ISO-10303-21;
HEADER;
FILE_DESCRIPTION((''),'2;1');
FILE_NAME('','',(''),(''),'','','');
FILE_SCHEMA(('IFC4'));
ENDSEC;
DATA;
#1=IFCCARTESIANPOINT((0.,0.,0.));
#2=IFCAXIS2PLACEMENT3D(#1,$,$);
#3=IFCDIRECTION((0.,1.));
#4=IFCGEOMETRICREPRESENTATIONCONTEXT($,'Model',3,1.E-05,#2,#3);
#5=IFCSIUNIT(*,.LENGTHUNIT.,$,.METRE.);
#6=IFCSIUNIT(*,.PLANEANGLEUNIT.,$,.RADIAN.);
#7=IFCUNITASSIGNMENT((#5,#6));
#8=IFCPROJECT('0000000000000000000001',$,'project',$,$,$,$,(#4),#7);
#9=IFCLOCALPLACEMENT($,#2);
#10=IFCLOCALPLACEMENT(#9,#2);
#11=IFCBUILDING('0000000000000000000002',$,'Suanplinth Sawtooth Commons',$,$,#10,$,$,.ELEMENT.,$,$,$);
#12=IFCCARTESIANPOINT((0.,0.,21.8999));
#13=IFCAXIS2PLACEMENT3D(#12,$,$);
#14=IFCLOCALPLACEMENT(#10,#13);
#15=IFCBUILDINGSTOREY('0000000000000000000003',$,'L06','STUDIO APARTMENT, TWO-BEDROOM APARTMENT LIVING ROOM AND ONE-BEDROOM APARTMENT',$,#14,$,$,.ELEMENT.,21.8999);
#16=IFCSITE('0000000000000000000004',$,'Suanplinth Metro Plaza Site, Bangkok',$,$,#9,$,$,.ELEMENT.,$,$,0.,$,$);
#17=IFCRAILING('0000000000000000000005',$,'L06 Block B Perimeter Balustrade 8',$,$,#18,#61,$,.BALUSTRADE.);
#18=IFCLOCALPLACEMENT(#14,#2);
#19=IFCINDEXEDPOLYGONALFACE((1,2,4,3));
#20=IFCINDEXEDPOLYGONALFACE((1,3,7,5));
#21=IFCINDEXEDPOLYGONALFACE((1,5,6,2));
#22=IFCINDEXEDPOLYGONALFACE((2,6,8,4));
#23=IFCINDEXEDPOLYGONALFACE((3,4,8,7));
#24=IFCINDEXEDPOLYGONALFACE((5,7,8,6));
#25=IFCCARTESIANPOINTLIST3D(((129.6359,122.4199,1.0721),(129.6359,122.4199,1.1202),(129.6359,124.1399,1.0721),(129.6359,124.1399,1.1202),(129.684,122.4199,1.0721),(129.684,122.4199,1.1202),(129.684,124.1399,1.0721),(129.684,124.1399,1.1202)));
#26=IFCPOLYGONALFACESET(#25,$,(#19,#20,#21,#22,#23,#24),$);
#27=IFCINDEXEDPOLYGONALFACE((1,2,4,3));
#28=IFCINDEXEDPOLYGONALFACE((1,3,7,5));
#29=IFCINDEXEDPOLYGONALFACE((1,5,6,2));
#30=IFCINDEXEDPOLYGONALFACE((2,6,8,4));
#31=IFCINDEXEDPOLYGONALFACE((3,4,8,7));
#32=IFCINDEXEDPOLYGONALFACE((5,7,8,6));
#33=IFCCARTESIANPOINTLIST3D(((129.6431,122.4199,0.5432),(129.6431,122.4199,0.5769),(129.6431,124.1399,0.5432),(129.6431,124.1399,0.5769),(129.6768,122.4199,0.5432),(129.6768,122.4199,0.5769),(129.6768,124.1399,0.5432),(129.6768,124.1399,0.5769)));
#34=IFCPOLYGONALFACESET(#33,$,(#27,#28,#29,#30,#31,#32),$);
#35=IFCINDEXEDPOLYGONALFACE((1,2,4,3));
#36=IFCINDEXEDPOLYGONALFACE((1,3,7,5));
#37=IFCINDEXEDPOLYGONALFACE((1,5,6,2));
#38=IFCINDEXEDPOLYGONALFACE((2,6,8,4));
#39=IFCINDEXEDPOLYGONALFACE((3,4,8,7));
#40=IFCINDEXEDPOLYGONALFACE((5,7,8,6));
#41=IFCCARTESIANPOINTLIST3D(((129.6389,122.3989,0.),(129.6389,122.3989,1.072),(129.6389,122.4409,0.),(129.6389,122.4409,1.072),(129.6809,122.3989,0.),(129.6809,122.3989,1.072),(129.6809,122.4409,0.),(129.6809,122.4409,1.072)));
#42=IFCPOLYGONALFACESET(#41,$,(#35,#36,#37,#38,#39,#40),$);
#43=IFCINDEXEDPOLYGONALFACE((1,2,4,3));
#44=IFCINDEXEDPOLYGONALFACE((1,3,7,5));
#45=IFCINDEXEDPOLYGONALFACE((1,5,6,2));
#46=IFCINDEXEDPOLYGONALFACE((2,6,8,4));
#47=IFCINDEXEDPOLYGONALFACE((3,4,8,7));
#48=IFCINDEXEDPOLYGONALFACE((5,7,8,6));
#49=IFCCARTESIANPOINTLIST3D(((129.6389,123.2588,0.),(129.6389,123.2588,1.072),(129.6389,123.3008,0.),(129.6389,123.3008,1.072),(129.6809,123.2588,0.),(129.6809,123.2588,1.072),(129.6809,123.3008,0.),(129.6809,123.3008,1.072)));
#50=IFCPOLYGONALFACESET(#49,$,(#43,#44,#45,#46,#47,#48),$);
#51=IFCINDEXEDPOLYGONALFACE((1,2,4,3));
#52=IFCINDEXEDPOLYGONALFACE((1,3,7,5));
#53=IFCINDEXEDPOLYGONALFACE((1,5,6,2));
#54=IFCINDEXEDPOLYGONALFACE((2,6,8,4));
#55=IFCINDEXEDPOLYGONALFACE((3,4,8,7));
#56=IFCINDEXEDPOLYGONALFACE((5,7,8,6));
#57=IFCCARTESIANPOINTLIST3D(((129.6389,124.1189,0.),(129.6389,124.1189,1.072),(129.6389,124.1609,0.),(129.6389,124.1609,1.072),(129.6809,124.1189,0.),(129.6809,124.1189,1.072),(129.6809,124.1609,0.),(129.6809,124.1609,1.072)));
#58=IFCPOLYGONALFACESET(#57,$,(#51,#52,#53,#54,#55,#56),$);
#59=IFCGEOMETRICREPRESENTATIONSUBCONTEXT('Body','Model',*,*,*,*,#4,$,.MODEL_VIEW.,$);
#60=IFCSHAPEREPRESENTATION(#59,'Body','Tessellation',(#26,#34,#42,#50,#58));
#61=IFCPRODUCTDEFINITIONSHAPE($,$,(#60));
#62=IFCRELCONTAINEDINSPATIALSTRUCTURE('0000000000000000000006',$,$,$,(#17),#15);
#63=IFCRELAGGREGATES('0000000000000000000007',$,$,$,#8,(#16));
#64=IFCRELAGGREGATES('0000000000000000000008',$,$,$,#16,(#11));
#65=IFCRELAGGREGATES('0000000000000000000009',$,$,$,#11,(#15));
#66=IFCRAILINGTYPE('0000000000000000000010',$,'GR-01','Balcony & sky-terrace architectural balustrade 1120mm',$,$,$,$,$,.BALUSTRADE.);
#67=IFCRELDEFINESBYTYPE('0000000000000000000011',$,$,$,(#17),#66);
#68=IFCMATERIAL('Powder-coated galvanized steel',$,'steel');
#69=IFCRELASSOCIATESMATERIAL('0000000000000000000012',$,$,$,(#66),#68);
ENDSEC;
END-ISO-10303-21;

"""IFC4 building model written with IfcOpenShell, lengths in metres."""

from ifc_helpers import new_model, si_unit, direction, frame, origin, origin_2d, place, context, subcontext, project, spatial, rectangle, extrude, material, type_object, element, save


model = new_model("IFC4")

# Units and contexts
model_context = context("Model", 3, precision=1e-05, world=origin(), true_north=direction((0.0, 1.0)))
body_context = subcontext(model_context, "Body", "Model", "MODEL_VIEW")
ifc_project = project(units=[si_unit("LENGTHUNIT", "METRE"), si_unit("PLANEANGLEUNIT", "RADIAN")], contexts=[model_context])

# Site, building, storey
site_placement = place(None, origin())
site = spatial("IfcSite", under=ifc_project, at=site_placement, Name="Suanplinth Metro Plaza Site, Bangkok", CompositionType="ELEMENT", RefElevation=0.0)
building_placement = place(site_placement, origin())
building = spatial("IfcBuilding", under=site, at=building_placement, Name="Suanplinth Sawtooth Commons", CompositionType="ELEMENT")
storey_placement = place(building_placement, frame((0.0, 0.0, 21.8999)))
storey = spatial("IfcBuildingStorey", under=building, at=storey_placement, Name="L06", Description="STUDIO APARTMENT, TWO-BEDROOM APARTMENT LIVING ROOM AND ONE-BEDROOM APARTMENT", CompositionType="ELEMENT", Elevation=21.8999)

# Railing
ifc_material_1 = material(Name="Powder-coated galvanized steel", Category="steel")
railing_type = type_object("IfcRailingType", Name="GR-01", Description="Balcony & sky-terrace architectural balustrade 1120mm", PredefinedType="BALUSTRADE", material=ifc_material_1)
for number, where, name in (
    (1, (129.6599, 122.4199, 0.0), "L06 Block B Perimeter Balustrade 8"),
):
    element("IfcRailing", number, at=place(storey_placement, frame(where)), inside=storey, type_object=railing_type, Name=name, PredefinedType="BALUSTRADE", context=body_context, shape_type="SweptSolid", body=[
        extrude(rectangle(XDim=0.0481, YDim=0.0481, at=origin_2d()), frame((0.0, 0.0, 1.0962), z_axis=(0.0, 1.0, 0.0), x_axis=(-1.0, 0.0, 0.0)), (0.0, 0.0, 1.0), 1.72),
        extrude(rectangle(XDim=0.0337, YDim=0.0337, at=origin_2d()), frame((0.0, 0.0, 0.5601), z_axis=(0.0, 1.0, 0.0), x_axis=(-1.0, 0.0, 0.0)), (0.0, 0.0, 1.0), 1.72),
        extrude(rectangle(XDim=0.042, YDim=0.042, at=origin_2d()), origin(), (0.0, 0.0, 1.0), 1.072),
        extrude(rectangle(XDim=0.042, YDim=0.042, at=origin_2d()), frame((0.0, 0.8599, 0.0)), (0.0, 0.0, 1.0), 1.072),
        extrude(rectangle(XDim=0.042, YDim=0.042, at=origin_2d()), frame((0.0, 1.72, 0.0)), (0.0, 0.0, 1.0), 1.072),
    ])

save(model, "model.ifc")
